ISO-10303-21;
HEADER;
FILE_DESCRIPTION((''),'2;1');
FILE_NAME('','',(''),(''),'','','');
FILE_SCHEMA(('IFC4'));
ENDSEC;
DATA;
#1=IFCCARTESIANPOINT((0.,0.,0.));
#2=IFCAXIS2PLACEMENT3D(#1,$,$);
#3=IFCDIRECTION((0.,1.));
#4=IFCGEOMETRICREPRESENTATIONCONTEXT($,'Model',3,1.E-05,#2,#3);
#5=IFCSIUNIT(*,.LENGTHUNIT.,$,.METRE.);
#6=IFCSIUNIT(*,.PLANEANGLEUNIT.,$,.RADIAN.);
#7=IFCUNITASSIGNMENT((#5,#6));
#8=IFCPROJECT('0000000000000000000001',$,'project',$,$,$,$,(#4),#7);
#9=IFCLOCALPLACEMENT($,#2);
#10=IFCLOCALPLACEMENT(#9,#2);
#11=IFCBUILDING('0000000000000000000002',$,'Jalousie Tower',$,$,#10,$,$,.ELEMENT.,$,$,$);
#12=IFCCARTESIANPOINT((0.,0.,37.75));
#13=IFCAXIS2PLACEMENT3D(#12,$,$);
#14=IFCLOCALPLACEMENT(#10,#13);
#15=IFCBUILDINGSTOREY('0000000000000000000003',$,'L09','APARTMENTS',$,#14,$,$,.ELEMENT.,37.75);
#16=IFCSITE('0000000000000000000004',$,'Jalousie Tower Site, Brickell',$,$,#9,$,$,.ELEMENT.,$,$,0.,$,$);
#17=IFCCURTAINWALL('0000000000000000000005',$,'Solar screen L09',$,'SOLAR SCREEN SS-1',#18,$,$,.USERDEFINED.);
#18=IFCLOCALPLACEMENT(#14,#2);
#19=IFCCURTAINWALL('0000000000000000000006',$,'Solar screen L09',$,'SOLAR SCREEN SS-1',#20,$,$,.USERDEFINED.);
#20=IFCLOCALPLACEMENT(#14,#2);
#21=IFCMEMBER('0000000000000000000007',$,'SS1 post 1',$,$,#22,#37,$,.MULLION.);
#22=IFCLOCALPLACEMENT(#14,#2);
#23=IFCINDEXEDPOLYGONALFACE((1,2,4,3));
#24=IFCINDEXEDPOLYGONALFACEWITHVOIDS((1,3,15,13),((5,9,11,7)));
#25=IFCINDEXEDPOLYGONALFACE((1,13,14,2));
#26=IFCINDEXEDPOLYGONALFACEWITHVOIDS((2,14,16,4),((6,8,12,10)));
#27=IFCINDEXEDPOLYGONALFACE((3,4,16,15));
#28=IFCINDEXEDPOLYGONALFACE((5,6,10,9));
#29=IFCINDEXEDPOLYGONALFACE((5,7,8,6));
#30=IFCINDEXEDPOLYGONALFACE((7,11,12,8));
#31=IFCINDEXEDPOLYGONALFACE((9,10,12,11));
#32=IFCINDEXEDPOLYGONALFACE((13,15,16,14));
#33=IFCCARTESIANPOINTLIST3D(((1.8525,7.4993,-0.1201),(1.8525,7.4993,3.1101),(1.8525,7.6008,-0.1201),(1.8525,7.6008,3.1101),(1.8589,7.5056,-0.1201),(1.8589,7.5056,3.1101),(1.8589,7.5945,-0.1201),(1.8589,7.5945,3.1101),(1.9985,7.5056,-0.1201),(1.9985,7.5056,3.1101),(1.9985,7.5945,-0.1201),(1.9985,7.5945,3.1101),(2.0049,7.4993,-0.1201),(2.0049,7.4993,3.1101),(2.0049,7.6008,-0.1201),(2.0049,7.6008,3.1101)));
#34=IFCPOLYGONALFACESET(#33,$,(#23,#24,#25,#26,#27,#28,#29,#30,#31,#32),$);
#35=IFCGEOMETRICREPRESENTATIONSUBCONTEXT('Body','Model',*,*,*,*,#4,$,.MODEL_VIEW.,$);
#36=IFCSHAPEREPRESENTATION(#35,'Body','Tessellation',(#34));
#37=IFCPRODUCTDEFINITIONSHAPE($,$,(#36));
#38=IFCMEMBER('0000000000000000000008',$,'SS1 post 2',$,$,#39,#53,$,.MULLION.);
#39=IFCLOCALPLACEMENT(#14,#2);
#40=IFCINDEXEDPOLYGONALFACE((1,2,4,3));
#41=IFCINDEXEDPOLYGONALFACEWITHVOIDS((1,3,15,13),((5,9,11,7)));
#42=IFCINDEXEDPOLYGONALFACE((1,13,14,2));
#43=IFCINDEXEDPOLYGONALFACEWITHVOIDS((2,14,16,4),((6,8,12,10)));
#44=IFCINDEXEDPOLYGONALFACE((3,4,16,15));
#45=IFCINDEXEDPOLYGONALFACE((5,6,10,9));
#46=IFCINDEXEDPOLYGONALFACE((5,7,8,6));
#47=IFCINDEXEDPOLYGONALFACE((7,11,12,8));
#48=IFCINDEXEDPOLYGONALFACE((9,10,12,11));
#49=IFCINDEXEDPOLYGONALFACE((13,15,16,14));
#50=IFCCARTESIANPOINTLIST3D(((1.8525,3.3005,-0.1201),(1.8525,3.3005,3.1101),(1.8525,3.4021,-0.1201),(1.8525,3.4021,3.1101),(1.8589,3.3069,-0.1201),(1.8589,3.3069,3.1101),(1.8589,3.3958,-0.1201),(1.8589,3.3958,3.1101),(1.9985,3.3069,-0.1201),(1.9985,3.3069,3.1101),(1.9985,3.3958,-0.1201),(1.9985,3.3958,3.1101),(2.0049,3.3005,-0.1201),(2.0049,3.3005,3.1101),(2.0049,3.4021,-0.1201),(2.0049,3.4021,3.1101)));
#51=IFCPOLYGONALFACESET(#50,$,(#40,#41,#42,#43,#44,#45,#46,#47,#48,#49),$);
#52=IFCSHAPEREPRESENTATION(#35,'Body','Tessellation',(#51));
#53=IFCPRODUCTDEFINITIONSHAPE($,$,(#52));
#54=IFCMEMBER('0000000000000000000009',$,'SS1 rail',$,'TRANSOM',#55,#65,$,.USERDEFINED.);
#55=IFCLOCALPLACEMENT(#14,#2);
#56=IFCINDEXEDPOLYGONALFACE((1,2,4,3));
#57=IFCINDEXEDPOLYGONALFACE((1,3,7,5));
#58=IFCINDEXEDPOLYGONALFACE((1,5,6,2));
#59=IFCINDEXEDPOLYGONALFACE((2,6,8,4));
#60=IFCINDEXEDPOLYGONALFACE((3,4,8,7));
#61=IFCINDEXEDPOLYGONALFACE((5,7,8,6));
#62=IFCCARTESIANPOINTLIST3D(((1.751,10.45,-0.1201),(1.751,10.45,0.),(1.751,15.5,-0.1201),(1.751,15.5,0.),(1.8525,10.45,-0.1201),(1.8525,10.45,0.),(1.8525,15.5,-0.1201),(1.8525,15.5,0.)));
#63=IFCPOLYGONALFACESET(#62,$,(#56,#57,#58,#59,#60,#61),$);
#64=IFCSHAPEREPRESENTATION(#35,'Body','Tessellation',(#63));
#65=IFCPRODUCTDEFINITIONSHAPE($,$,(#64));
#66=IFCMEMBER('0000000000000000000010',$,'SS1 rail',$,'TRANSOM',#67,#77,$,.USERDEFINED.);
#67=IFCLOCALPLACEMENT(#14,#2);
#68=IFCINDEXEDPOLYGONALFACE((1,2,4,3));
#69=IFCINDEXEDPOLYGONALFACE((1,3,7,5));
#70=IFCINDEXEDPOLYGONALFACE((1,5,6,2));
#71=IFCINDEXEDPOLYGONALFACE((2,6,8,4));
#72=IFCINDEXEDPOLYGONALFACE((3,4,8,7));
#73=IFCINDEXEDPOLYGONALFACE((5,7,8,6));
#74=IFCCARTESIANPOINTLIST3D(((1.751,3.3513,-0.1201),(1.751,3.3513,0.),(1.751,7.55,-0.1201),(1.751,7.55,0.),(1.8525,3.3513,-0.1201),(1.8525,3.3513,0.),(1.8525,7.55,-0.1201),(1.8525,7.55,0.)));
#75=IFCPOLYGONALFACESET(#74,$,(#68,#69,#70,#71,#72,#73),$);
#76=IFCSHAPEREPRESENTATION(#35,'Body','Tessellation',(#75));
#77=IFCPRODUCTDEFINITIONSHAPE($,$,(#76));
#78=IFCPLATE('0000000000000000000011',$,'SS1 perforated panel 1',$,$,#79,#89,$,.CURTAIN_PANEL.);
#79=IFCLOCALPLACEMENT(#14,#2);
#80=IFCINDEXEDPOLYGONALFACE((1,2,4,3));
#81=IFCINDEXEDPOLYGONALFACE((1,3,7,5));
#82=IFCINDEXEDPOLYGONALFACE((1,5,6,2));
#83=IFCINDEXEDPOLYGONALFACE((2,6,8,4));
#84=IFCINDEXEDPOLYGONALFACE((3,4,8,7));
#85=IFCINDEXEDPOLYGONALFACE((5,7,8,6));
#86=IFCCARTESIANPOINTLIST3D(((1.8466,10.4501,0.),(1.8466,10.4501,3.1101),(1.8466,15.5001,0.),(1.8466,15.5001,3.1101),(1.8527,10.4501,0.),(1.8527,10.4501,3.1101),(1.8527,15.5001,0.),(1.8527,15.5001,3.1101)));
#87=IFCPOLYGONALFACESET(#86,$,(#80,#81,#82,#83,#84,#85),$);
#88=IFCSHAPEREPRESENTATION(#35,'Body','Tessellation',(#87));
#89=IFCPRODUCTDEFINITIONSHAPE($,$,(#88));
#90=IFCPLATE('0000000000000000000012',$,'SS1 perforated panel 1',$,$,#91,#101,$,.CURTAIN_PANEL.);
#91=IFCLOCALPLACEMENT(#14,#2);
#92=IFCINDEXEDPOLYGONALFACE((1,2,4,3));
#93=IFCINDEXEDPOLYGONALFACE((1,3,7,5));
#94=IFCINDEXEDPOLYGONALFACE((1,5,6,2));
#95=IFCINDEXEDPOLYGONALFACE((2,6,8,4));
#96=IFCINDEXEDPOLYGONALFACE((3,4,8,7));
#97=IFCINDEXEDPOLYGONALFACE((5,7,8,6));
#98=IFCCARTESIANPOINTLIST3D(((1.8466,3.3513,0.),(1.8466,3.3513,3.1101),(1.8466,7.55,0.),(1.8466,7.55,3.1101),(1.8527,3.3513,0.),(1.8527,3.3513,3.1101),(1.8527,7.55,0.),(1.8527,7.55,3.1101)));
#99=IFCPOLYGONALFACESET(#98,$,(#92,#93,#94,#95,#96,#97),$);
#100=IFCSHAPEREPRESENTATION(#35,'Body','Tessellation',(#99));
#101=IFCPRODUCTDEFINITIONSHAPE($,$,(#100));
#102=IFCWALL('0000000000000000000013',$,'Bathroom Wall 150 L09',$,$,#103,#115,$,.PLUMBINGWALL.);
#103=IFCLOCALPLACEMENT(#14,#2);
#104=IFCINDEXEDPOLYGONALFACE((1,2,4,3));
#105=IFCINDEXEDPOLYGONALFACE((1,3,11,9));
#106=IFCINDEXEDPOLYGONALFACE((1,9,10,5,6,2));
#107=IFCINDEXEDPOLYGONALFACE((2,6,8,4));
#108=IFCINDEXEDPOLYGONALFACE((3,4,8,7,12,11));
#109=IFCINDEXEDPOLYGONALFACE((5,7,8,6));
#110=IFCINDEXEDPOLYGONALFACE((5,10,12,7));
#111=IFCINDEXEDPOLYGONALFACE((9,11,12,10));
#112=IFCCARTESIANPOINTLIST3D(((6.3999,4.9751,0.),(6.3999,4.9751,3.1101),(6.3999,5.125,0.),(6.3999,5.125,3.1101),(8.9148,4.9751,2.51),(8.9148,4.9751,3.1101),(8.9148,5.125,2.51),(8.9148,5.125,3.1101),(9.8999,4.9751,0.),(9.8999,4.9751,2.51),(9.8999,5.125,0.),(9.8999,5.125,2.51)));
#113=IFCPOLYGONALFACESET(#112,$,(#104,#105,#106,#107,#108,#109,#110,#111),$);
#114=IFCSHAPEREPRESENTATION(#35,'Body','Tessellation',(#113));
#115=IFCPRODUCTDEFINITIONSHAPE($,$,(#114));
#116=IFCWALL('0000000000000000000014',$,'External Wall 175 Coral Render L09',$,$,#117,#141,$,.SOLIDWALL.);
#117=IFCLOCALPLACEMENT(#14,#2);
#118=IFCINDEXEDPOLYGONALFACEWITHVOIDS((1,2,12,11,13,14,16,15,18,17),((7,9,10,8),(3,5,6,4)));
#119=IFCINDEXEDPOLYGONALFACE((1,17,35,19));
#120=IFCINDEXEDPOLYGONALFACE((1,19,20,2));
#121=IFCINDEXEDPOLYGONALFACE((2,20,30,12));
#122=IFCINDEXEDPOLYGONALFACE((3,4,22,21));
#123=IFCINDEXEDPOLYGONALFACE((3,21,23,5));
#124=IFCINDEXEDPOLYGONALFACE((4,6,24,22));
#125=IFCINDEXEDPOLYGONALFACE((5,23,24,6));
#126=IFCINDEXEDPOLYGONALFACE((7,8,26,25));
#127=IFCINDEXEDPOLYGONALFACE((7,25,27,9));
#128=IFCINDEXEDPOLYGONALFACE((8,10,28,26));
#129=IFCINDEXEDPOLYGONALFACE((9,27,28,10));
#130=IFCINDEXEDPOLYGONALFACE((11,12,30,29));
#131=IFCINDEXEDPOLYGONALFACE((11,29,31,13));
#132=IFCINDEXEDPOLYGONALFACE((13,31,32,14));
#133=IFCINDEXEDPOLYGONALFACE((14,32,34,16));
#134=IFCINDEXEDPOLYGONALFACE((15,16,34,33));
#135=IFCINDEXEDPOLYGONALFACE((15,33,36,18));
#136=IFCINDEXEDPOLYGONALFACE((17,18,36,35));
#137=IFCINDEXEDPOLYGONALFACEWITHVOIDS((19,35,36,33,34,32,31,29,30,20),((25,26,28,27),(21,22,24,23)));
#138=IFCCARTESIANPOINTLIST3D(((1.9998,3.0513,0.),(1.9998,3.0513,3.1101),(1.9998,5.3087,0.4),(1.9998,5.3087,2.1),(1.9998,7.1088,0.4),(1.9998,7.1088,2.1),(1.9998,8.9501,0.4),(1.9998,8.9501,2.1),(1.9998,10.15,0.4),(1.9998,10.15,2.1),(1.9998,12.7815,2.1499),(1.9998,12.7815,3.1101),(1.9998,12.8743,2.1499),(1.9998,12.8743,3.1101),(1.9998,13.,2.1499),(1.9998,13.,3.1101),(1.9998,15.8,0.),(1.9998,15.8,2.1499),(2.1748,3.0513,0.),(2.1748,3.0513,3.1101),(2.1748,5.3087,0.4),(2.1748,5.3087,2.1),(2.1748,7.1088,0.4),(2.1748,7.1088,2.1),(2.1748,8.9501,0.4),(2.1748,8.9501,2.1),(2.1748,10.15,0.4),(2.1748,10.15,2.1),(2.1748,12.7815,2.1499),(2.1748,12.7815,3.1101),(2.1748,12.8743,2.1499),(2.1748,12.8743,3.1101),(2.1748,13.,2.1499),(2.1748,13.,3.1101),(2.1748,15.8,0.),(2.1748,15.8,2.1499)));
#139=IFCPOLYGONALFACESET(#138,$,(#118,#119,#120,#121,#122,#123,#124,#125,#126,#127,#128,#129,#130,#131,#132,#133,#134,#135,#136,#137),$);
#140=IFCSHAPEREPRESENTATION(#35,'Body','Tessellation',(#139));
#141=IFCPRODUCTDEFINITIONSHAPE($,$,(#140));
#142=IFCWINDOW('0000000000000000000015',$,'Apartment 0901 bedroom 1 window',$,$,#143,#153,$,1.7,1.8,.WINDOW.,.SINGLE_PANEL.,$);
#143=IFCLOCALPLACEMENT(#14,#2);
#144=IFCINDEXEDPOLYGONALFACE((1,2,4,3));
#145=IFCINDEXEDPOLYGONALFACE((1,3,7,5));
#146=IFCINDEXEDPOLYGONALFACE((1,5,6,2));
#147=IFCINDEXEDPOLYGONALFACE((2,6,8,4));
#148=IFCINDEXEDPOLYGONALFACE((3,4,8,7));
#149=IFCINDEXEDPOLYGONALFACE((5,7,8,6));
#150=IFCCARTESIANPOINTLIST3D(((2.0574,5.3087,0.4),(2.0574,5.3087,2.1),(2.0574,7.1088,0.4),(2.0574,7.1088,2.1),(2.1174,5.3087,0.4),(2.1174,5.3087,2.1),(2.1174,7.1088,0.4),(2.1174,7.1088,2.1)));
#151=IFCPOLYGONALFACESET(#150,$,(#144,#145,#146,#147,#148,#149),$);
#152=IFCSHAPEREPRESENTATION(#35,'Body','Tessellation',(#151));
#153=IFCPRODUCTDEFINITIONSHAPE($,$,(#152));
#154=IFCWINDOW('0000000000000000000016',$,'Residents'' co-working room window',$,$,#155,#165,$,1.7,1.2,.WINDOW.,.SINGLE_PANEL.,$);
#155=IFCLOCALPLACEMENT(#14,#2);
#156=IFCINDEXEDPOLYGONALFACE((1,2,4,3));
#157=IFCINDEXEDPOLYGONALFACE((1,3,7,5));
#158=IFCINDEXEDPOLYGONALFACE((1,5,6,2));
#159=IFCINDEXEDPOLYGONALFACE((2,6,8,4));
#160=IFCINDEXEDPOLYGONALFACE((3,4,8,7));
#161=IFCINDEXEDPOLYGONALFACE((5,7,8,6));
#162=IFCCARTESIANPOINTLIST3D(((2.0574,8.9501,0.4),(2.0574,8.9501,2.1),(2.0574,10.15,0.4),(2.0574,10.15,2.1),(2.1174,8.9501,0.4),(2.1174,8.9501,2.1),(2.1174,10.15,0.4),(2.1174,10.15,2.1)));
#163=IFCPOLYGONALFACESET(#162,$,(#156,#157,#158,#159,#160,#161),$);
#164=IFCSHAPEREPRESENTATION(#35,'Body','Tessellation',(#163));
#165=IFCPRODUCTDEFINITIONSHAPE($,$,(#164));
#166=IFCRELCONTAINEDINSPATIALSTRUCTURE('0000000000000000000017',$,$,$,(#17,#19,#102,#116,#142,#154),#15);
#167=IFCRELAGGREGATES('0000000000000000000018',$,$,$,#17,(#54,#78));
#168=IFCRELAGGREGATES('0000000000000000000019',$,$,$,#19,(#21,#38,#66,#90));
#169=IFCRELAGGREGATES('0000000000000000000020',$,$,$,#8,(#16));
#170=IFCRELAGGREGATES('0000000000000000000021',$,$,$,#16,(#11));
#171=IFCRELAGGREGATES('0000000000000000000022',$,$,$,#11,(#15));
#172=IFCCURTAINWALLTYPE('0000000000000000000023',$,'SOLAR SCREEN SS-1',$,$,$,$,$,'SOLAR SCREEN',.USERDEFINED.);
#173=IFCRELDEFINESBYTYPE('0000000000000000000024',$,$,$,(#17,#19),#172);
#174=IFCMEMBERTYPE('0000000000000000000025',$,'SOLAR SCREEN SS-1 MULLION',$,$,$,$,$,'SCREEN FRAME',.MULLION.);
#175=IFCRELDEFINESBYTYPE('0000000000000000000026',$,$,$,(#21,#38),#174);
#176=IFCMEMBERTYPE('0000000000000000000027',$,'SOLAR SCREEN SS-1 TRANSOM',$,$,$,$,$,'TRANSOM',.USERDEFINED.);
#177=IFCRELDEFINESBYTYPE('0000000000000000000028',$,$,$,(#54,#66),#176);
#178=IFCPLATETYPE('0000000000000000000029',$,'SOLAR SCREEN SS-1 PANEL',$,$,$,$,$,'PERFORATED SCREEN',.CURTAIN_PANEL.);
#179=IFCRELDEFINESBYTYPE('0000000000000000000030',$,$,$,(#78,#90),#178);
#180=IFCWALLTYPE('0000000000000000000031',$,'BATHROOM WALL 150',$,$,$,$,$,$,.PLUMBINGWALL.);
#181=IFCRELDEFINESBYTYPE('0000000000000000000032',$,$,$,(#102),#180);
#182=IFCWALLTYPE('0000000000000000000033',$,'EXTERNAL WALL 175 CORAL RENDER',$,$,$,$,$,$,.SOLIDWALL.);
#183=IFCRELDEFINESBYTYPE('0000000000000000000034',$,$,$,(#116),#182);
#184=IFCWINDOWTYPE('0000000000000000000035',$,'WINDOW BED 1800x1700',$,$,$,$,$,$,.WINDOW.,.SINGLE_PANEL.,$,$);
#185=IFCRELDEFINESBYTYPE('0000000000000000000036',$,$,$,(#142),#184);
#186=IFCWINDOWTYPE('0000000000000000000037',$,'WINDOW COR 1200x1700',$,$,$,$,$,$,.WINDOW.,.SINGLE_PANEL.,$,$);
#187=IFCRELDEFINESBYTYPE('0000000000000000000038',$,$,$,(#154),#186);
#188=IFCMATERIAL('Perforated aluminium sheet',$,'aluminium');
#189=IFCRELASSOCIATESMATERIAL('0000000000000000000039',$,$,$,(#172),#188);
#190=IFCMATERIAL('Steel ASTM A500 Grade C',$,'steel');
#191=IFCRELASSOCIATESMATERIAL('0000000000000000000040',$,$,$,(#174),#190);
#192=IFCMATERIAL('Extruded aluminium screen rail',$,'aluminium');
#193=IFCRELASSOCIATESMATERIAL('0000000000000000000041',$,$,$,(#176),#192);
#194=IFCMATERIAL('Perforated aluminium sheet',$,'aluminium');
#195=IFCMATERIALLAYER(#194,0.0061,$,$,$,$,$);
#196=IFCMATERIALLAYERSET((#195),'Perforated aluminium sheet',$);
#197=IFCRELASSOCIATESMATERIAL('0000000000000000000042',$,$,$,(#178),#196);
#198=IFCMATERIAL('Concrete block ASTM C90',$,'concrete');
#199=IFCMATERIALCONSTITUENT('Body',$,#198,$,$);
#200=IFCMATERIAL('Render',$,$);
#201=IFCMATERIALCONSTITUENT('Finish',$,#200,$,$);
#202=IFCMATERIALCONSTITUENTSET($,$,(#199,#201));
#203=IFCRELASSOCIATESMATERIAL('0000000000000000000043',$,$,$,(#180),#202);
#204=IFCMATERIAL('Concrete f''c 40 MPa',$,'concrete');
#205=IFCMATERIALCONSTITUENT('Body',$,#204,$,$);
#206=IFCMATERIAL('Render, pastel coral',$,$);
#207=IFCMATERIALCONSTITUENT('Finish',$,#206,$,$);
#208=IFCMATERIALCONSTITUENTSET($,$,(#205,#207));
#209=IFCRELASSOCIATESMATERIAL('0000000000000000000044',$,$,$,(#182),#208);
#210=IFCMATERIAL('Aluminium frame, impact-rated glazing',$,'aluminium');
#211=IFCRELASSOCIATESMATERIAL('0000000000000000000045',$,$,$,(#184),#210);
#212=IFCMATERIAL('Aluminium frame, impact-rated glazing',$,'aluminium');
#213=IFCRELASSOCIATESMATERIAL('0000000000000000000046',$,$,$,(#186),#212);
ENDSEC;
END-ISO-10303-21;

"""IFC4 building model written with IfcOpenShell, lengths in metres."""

from ifc_helpers import new_model, si_unit, direction, frame, frame_2d, origin, origin_2d, place, context, subcontext, project, spatial, polyline, rectangle, hollow_rectangle, outline, extrude, material, layer, layer_set, constituent, constituent_set, material_profile, profile_set, type_object, element, fill, aggregate, save


model = new_model("IFC4")

# Units and contexts
model_context = context("Model", 3, precision=1e-05, world=origin(), true_north=direction((0.0, 1.0)))
body_context = subcontext(model_context, "Body", "Model", "MODEL_VIEW")
ifc_project = project(units=[si_unit("LENGTHUNIT", "METRE"), si_unit("PLANEANGLEUNIT", "RADIAN")], contexts=[model_context])

# Site, building, storey
site_placement = place(None, origin())
site = spatial("IfcSite", under=ifc_project, at=site_placement, Name="Jalousie Tower Site, Brickell", CompositionType="ELEMENT", RefElevation=0.0)
building_placement = place(site_placement, origin())
building = spatial("IfcBuilding", under=site, at=building_placement, Name="Jalousie Tower", CompositionType="ELEMENT")
storey_placement = place(building_placement, frame((0.0, 0.0, 37.75)))
storey = spatial("IfcBuildingStorey", under=building, at=storey_placement, Name="L09", Description="APARTMENTS", CompositionType="ELEMENT", Elevation=37.75)

# Curtain walls, members
ifc_material_1 = material(Name="Perforated aluminium sheet", Category="aluminium")
curtain_wall_type_1 = type_object("IfcCurtainWallType", Name="SOLAR SCREEN SS-1", ElementType="SOLAR SCREEN", PredefinedType="USERDEFINED", material=ifc_material_1)
curtain_wall_1_placement = place(storey_placement, origin())
curtain_wall_1 = element("IfcCurtainWall", 1, at=curtain_wall_1_placement, inside=storey, type_object=curtain_wall_type_1, Name="Solar screen L09", ObjectType="SOLAR SCREEN SS-1", PredefinedType="USERDEFINED")
ifc_material_2 = material(Name="Steel ASTM A500 Grade C", Category="steel")
ifc_material_profile_1 = material_profile(ifc_material_2, hollow_rectangle(XDim=0.1016, YDim=0.1523, WallThickness=0.0063, at=origin_2d()), Name="HSS6X4X1/4")
ifc_profile_set_1 = profile_set([ifc_material_profile_1], Name="Steel ASTM A500 Grade C")
member_type_1 = type_object("IfcMemberType", Name="SOLAR SCREEN SS-1 MULLION", ElementType="SCREEN FRAME", PredefinedType="MULLION", material=ifc_profile_set_1)
curtain_wall_2_placement = place(storey_placement, origin())
curtain_wall_2 = element("IfcCurtainWall", 2, at=curtain_wall_2_placement, inside=storey, type_object=curtain_wall_type_1, Name="Solar screen L09", ObjectType="SOLAR SCREEN SS-1", PredefinedType="USERDEFINED")
member_1_placement = place(storey_placement, frame((1.9287, 7.55, -0.1201), z_axis=(0.0, 0.0, 1.0), x_axis=(0.0, -1.0, 0.0)))
member_1 = element("IfcMember", 3, at=member_1_placement, type_object=member_type_1, Name="SS1 post 1", PredefinedType="MULLION", context=body_context, shape_type="SweptSolid", body=[
    extrude(hollow_rectangle(XDim=0.1016, YDim=0.1523, WallThickness=0.0063, at=origin_2d()), origin(), (0.0, 0.0, 1.0), 3.2302),
])
member_2_placement = place(storey_placement, frame((1.9287, 3.3513, -0.1201), z_axis=(0.0, 0.0, 1.0), x_axis=(0.0, -1.0, 0.0)))
member_2 = element("IfcMember", 4, at=member_2_placement, type_object=member_type_1, Name="SS1 post 2", PredefinedType="MULLION", context=body_context, shape_type="SweptSolid", body=[
    extrude(hollow_rectangle(XDim=0.1016, YDim=0.1523, WallThickness=0.0063, at=origin_2d()), origin(), (0.0, 0.0, 1.0), 3.2302),
])

# Members
ifc_material_3 = material(Name="Extruded aluminium screen rail", Category="aluminium")
ifc_material_profile_2 = material_profile(ifc_material_3, rectangle(XDim=0.1016, YDim=0.1201, at=origin_2d()), Name="RAIL 102x120")
ifc_profile_set_2 = profile_set([ifc_material_profile_2], Name="Extruded aluminium screen rail")
member_type_2 = type_object("IfcMemberType", Name="SOLAR SCREEN SS-1 TRANSOM", ElementType="TRANSOM", PredefinedType="USERDEFINED", material=ifc_profile_set_2)
member_3_placement = place(storey_placement, frame((1.8018, 15.5, -0.0601), z_axis=(0.0, -1.0, 0.0), x_axis=(1.0, 0.0, 0.0)))
member_3 = element("IfcMember", 5, at=member_3_placement, type_object=member_type_2, Name="SS1 rail", ObjectType="TRANSOM", PredefinedType="USERDEFINED", context=body_context, shape_type="SweptSolid", body=[
    extrude(rectangle(XDim=0.1016, YDim=0.1201, at=origin_2d()), origin(), (0.0, 0.0, 1.0), 5.05),
])
member_4_placement = place(storey_placement, frame((1.8018, 7.55, -0.0601), z_axis=(0.0, -1.0, 0.0), x_axis=(1.0, 0.0, 0.0)))
member_4 = element("IfcMember", 6, at=member_4_placement, type_object=member_type_2, Name="SS1 rail", ObjectType="TRANSOM", PredefinedType="USERDEFINED", context=body_context, shape_type="SweptSolid", body=[
    extrude(rectangle(XDim=0.1016, YDim=0.1201, at=origin_2d()), origin(), (0.0, 0.0, 1.0), 4.1987),
])

# Plates
ifc_material_4 = material(Name="Perforated aluminium sheet", Category="aluminium")
ifc_layer_1 = layer(ifc_material_4, 0.0061)
ifc_layer_set_1 = layer_set([ifc_layer_1], Name="Perforated aluminium sheet")
plate_type = type_object("IfcPlateType", Name="SOLAR SCREEN SS-1 PANEL", ElementType="PERFORATED SCREEN", PredefinedType="CURTAIN_PANEL", material=ifc_layer_set_1)
plate_1_placement = place(storey_placement, frame((1.8496, 12.9751, 0.0), z_axis=(0.0, 0.0, 1.0), x_axis=(0.0, -1.0, 0.0)))
plate_1 = element("IfcPlate", 7, at=plate_1_placement, type_object=plate_type, Name="SS1 perforated panel 1", PredefinedType="CURTAIN_PANEL", context=body_context, shape_type="SweptSolid", body=[
    extrude(rectangle(XDim=5.05, YDim=0.0061, at=origin_2d()), origin(), (0.0, 0.0, 1.0), 3.1101),
])
aggregate(curtain_wall_1, [member_3, plate_1])
plate_2_placement = place(storey_placement, frame((1.8496, 5.4507, 0.0), z_axis=(0.0, 0.0, 1.0), x_axis=(0.0, -1.0, 0.0)))
plate_2 = element("IfcPlate", 8, at=plate_2_placement, type_object=plate_type, Name="SS1 perforated panel 1", PredefinedType="CURTAIN_PANEL", context=body_context, shape_type="SweptSolid", body=[
    extrude(rectangle(XDim=4.1987, YDim=0.0061, at=origin_2d()), origin(), (0.0, 0.0, 1.0), 3.1101),
])
aggregate(curtain_wall_2, [member_1, member_2, member_4, plate_2])

# Wall
ifc_material_5 = material(Name="Concrete block ASTM C90", Category="concrete")
ifc_constituent_1 = constituent(ifc_material_5, Name="Body")
ifc_material_6 = material(Name="Render")
ifc_constituent_2 = constituent(ifc_material_6, Name="Finish")
ifc_constituent_set_1 = constituent_set(constituents=[ifc_constituent_1, ifc_constituent_2])
wall_type_1 = type_object("IfcWallType", Name="BATHROOM WALL 150", PredefinedType="PLUMBINGWALL", material=ifc_constituent_set_1)
wall_1_placement = place(storey_placement, frame((6.3999, 5.05, 0.0), z_axis=(0.0, 0.0, 1.0), x_axis=(1.0, 0.0, 0.0)))
element("IfcWall", 9, at=wall_1_placement, inside=storey, type_object=wall_type_1, Name="Bathroom Wall 150 L09", PredefinedType="PLUMBINGWALL", context=body_context, shape_type="SweptSolid", body=[
    extrude(outline(polyline([(0.0, 0.0), (3.5, 0.0), (3.5, 3.1101), (3.5, 2.51), (2.5149, 2.51), (2.5149, 3.1101), (0.0, 3.1101), (0.0, 0.0)])), frame((0.0, 0.075, 0.0), z_axis=(0.0, -1.0, 0.0), x_axis=(1.0, 0.0, 0.0)), (0.0, 0.0, 1.0), 0.1499),
])

# Wall, openings, windows
ifc_material_7 = material(Name="Concrete f'c 40 MPa", Category="concrete")
ifc_constituent_3 = constituent(ifc_material_7, Name="Body")
ifc_material_8 = material(Name="Render, pastel coral")
ifc_constituent_4 = constituent(ifc_material_8, Name="Finish")
ifc_constituent_set_2 = constituent_set(constituents=[ifc_constituent_3, ifc_constituent_4])
wall_type_2 = type_object("IfcWallType", Name="EXTERNAL WALL 175 CORAL RENDER", PredefinedType="SOLIDWALL", material=ifc_constituent_set_2)
wall_2_placement = place(storey_placement, frame((2.0874, 15.8, 0.0), z_axis=(0.0, 0.0, 1.0), x_axis=(0.0, -1.0, 0.0)))
wall_2 = element("IfcWall", 10, at=wall_2_placement, inside=storey, type_object=wall_type_2, Name="External Wall 175 Coral Render L09", PredefinedType="SOLIDWALL", context=body_context, shape_type="SweptSolid", body=[
    extrude(outline(polyline([(0.0, 0.0), (12.7488, 0.0), (12.7488, 3.1101), (3.0186, 3.1101), (3.0186, 2.1499), (2.9258, 2.1499), (2.9258, 3.1101), (2.8, 3.1101), (2.8, 2.1499), (0.0, 2.1499), (0.0, 0.0)])), frame((0.0, 0.0874, 0.0), z_axis=(0.0, -1.0, 0.0), x_axis=(1.0, 0.0, 0.0)), (0.0, 0.0, 1.0), 0.175),
])
opening_1_placement = place(wall_2_placement, frame((5.6499, 0.0, 0.3999)))
opening_1 = element("IfcOpeningElement", 11, at=opening_1_placement, cuts=wall_2, PredefinedType="OPENING", context=body_context, shape_type="SweptSolid", body=[
    extrude(rectangle(XDim=1.2, YDim=1.7, at=frame_2d((0.6001, 0.8501))), frame((0.0, 0.0974, 0.0), z_axis=(0.0, -1.0, 0.0), x_axis=(1.0, 0.0, 0.0)), (0.0, 0.0, 1.0), 0.1951),
])
opening_2_placement = place(wall_2_placement, frame((8.6914, 0.0, 0.3999)))
opening_2 = element("IfcOpeningElement", 12, at=opening_2_placement, cuts=wall_2, PredefinedType="OPENING", context=body_context, shape_type="SweptSolid", body=[
    extrude(rectangle(XDim=1.8, YDim=1.7, at=frame_2d((0.8999, 0.8501))), frame((0.0, 0.0974, 0.0), z_axis=(0.0, -1.0, 0.0), x_axis=(1.0, 0.0, 0.0)), (0.0, 0.0, 1.0), 0.1951),
])
ifc_material_9 = material(Name="Aluminium frame, impact-rated glazing", Category="aluminium")
window_type_1 = type_object("IfcWindowType", Name="WINDOW BED 1800x1700", PartitioningType="SINGLE_PANEL", PredefinedType="WINDOW", material=ifc_material_9)
window_1_placement = place(opening_2_placement, origin())
window_1 = element("IfcWindow", 13, at=window_1_placement, inside=storey, type_object=window_type_1, Name="Apartment 0901 bedroom 1 window", OverallHeight=1.7, OverallWidth=1.8, PartitioningType="SINGLE_PANEL", PredefinedType="WINDOW", context=body_context, shape_type="SweptSolid", body=[
    extrude(rectangle(XDim=1.8, YDim=1.7, at=frame_2d((0.8999, 0.8501))), frame((0.0, 0.03, 0.0), z_axis=(0.0, -1.0, 0.0), x_axis=(1.0, 0.0, 0.0)), (0.0, 0.0, 1.0), 0.0601),
])
fill(opening_2, window_1)
ifc_material_10 = material(Name="Aluminium frame, impact-rated glazing", Category="aluminium")
window_type_2 = type_object("IfcWindowType", Name="WINDOW COR 1200x1700", PartitioningType="SINGLE_PANEL", PredefinedType="WINDOW", material=ifc_material_10)
window_2_placement = place(opening_1_placement, origin())
window_2 = element("IfcWindow", 14, at=window_2_placement, inside=storey, type_object=window_type_2, Name="Residents' co-working room window", OverallHeight=1.7, OverallWidth=1.2, PartitioningType="SINGLE_PANEL", PredefinedType="WINDOW", context=body_context, shape_type="SweptSolid", body=[
    extrude(rectangle(XDim=1.2, YDim=1.7, at=frame_2d((0.6001, 0.8501))), frame((0.0, 0.03, 0.0), z_axis=(0.0, -1.0, 0.0), x_axis=(1.0, 0.0, 0.0)), (0.0, 0.0, 1.0), 0.0601),
])
fill(opening_1, window_2)

save(model, "model.ifc")
